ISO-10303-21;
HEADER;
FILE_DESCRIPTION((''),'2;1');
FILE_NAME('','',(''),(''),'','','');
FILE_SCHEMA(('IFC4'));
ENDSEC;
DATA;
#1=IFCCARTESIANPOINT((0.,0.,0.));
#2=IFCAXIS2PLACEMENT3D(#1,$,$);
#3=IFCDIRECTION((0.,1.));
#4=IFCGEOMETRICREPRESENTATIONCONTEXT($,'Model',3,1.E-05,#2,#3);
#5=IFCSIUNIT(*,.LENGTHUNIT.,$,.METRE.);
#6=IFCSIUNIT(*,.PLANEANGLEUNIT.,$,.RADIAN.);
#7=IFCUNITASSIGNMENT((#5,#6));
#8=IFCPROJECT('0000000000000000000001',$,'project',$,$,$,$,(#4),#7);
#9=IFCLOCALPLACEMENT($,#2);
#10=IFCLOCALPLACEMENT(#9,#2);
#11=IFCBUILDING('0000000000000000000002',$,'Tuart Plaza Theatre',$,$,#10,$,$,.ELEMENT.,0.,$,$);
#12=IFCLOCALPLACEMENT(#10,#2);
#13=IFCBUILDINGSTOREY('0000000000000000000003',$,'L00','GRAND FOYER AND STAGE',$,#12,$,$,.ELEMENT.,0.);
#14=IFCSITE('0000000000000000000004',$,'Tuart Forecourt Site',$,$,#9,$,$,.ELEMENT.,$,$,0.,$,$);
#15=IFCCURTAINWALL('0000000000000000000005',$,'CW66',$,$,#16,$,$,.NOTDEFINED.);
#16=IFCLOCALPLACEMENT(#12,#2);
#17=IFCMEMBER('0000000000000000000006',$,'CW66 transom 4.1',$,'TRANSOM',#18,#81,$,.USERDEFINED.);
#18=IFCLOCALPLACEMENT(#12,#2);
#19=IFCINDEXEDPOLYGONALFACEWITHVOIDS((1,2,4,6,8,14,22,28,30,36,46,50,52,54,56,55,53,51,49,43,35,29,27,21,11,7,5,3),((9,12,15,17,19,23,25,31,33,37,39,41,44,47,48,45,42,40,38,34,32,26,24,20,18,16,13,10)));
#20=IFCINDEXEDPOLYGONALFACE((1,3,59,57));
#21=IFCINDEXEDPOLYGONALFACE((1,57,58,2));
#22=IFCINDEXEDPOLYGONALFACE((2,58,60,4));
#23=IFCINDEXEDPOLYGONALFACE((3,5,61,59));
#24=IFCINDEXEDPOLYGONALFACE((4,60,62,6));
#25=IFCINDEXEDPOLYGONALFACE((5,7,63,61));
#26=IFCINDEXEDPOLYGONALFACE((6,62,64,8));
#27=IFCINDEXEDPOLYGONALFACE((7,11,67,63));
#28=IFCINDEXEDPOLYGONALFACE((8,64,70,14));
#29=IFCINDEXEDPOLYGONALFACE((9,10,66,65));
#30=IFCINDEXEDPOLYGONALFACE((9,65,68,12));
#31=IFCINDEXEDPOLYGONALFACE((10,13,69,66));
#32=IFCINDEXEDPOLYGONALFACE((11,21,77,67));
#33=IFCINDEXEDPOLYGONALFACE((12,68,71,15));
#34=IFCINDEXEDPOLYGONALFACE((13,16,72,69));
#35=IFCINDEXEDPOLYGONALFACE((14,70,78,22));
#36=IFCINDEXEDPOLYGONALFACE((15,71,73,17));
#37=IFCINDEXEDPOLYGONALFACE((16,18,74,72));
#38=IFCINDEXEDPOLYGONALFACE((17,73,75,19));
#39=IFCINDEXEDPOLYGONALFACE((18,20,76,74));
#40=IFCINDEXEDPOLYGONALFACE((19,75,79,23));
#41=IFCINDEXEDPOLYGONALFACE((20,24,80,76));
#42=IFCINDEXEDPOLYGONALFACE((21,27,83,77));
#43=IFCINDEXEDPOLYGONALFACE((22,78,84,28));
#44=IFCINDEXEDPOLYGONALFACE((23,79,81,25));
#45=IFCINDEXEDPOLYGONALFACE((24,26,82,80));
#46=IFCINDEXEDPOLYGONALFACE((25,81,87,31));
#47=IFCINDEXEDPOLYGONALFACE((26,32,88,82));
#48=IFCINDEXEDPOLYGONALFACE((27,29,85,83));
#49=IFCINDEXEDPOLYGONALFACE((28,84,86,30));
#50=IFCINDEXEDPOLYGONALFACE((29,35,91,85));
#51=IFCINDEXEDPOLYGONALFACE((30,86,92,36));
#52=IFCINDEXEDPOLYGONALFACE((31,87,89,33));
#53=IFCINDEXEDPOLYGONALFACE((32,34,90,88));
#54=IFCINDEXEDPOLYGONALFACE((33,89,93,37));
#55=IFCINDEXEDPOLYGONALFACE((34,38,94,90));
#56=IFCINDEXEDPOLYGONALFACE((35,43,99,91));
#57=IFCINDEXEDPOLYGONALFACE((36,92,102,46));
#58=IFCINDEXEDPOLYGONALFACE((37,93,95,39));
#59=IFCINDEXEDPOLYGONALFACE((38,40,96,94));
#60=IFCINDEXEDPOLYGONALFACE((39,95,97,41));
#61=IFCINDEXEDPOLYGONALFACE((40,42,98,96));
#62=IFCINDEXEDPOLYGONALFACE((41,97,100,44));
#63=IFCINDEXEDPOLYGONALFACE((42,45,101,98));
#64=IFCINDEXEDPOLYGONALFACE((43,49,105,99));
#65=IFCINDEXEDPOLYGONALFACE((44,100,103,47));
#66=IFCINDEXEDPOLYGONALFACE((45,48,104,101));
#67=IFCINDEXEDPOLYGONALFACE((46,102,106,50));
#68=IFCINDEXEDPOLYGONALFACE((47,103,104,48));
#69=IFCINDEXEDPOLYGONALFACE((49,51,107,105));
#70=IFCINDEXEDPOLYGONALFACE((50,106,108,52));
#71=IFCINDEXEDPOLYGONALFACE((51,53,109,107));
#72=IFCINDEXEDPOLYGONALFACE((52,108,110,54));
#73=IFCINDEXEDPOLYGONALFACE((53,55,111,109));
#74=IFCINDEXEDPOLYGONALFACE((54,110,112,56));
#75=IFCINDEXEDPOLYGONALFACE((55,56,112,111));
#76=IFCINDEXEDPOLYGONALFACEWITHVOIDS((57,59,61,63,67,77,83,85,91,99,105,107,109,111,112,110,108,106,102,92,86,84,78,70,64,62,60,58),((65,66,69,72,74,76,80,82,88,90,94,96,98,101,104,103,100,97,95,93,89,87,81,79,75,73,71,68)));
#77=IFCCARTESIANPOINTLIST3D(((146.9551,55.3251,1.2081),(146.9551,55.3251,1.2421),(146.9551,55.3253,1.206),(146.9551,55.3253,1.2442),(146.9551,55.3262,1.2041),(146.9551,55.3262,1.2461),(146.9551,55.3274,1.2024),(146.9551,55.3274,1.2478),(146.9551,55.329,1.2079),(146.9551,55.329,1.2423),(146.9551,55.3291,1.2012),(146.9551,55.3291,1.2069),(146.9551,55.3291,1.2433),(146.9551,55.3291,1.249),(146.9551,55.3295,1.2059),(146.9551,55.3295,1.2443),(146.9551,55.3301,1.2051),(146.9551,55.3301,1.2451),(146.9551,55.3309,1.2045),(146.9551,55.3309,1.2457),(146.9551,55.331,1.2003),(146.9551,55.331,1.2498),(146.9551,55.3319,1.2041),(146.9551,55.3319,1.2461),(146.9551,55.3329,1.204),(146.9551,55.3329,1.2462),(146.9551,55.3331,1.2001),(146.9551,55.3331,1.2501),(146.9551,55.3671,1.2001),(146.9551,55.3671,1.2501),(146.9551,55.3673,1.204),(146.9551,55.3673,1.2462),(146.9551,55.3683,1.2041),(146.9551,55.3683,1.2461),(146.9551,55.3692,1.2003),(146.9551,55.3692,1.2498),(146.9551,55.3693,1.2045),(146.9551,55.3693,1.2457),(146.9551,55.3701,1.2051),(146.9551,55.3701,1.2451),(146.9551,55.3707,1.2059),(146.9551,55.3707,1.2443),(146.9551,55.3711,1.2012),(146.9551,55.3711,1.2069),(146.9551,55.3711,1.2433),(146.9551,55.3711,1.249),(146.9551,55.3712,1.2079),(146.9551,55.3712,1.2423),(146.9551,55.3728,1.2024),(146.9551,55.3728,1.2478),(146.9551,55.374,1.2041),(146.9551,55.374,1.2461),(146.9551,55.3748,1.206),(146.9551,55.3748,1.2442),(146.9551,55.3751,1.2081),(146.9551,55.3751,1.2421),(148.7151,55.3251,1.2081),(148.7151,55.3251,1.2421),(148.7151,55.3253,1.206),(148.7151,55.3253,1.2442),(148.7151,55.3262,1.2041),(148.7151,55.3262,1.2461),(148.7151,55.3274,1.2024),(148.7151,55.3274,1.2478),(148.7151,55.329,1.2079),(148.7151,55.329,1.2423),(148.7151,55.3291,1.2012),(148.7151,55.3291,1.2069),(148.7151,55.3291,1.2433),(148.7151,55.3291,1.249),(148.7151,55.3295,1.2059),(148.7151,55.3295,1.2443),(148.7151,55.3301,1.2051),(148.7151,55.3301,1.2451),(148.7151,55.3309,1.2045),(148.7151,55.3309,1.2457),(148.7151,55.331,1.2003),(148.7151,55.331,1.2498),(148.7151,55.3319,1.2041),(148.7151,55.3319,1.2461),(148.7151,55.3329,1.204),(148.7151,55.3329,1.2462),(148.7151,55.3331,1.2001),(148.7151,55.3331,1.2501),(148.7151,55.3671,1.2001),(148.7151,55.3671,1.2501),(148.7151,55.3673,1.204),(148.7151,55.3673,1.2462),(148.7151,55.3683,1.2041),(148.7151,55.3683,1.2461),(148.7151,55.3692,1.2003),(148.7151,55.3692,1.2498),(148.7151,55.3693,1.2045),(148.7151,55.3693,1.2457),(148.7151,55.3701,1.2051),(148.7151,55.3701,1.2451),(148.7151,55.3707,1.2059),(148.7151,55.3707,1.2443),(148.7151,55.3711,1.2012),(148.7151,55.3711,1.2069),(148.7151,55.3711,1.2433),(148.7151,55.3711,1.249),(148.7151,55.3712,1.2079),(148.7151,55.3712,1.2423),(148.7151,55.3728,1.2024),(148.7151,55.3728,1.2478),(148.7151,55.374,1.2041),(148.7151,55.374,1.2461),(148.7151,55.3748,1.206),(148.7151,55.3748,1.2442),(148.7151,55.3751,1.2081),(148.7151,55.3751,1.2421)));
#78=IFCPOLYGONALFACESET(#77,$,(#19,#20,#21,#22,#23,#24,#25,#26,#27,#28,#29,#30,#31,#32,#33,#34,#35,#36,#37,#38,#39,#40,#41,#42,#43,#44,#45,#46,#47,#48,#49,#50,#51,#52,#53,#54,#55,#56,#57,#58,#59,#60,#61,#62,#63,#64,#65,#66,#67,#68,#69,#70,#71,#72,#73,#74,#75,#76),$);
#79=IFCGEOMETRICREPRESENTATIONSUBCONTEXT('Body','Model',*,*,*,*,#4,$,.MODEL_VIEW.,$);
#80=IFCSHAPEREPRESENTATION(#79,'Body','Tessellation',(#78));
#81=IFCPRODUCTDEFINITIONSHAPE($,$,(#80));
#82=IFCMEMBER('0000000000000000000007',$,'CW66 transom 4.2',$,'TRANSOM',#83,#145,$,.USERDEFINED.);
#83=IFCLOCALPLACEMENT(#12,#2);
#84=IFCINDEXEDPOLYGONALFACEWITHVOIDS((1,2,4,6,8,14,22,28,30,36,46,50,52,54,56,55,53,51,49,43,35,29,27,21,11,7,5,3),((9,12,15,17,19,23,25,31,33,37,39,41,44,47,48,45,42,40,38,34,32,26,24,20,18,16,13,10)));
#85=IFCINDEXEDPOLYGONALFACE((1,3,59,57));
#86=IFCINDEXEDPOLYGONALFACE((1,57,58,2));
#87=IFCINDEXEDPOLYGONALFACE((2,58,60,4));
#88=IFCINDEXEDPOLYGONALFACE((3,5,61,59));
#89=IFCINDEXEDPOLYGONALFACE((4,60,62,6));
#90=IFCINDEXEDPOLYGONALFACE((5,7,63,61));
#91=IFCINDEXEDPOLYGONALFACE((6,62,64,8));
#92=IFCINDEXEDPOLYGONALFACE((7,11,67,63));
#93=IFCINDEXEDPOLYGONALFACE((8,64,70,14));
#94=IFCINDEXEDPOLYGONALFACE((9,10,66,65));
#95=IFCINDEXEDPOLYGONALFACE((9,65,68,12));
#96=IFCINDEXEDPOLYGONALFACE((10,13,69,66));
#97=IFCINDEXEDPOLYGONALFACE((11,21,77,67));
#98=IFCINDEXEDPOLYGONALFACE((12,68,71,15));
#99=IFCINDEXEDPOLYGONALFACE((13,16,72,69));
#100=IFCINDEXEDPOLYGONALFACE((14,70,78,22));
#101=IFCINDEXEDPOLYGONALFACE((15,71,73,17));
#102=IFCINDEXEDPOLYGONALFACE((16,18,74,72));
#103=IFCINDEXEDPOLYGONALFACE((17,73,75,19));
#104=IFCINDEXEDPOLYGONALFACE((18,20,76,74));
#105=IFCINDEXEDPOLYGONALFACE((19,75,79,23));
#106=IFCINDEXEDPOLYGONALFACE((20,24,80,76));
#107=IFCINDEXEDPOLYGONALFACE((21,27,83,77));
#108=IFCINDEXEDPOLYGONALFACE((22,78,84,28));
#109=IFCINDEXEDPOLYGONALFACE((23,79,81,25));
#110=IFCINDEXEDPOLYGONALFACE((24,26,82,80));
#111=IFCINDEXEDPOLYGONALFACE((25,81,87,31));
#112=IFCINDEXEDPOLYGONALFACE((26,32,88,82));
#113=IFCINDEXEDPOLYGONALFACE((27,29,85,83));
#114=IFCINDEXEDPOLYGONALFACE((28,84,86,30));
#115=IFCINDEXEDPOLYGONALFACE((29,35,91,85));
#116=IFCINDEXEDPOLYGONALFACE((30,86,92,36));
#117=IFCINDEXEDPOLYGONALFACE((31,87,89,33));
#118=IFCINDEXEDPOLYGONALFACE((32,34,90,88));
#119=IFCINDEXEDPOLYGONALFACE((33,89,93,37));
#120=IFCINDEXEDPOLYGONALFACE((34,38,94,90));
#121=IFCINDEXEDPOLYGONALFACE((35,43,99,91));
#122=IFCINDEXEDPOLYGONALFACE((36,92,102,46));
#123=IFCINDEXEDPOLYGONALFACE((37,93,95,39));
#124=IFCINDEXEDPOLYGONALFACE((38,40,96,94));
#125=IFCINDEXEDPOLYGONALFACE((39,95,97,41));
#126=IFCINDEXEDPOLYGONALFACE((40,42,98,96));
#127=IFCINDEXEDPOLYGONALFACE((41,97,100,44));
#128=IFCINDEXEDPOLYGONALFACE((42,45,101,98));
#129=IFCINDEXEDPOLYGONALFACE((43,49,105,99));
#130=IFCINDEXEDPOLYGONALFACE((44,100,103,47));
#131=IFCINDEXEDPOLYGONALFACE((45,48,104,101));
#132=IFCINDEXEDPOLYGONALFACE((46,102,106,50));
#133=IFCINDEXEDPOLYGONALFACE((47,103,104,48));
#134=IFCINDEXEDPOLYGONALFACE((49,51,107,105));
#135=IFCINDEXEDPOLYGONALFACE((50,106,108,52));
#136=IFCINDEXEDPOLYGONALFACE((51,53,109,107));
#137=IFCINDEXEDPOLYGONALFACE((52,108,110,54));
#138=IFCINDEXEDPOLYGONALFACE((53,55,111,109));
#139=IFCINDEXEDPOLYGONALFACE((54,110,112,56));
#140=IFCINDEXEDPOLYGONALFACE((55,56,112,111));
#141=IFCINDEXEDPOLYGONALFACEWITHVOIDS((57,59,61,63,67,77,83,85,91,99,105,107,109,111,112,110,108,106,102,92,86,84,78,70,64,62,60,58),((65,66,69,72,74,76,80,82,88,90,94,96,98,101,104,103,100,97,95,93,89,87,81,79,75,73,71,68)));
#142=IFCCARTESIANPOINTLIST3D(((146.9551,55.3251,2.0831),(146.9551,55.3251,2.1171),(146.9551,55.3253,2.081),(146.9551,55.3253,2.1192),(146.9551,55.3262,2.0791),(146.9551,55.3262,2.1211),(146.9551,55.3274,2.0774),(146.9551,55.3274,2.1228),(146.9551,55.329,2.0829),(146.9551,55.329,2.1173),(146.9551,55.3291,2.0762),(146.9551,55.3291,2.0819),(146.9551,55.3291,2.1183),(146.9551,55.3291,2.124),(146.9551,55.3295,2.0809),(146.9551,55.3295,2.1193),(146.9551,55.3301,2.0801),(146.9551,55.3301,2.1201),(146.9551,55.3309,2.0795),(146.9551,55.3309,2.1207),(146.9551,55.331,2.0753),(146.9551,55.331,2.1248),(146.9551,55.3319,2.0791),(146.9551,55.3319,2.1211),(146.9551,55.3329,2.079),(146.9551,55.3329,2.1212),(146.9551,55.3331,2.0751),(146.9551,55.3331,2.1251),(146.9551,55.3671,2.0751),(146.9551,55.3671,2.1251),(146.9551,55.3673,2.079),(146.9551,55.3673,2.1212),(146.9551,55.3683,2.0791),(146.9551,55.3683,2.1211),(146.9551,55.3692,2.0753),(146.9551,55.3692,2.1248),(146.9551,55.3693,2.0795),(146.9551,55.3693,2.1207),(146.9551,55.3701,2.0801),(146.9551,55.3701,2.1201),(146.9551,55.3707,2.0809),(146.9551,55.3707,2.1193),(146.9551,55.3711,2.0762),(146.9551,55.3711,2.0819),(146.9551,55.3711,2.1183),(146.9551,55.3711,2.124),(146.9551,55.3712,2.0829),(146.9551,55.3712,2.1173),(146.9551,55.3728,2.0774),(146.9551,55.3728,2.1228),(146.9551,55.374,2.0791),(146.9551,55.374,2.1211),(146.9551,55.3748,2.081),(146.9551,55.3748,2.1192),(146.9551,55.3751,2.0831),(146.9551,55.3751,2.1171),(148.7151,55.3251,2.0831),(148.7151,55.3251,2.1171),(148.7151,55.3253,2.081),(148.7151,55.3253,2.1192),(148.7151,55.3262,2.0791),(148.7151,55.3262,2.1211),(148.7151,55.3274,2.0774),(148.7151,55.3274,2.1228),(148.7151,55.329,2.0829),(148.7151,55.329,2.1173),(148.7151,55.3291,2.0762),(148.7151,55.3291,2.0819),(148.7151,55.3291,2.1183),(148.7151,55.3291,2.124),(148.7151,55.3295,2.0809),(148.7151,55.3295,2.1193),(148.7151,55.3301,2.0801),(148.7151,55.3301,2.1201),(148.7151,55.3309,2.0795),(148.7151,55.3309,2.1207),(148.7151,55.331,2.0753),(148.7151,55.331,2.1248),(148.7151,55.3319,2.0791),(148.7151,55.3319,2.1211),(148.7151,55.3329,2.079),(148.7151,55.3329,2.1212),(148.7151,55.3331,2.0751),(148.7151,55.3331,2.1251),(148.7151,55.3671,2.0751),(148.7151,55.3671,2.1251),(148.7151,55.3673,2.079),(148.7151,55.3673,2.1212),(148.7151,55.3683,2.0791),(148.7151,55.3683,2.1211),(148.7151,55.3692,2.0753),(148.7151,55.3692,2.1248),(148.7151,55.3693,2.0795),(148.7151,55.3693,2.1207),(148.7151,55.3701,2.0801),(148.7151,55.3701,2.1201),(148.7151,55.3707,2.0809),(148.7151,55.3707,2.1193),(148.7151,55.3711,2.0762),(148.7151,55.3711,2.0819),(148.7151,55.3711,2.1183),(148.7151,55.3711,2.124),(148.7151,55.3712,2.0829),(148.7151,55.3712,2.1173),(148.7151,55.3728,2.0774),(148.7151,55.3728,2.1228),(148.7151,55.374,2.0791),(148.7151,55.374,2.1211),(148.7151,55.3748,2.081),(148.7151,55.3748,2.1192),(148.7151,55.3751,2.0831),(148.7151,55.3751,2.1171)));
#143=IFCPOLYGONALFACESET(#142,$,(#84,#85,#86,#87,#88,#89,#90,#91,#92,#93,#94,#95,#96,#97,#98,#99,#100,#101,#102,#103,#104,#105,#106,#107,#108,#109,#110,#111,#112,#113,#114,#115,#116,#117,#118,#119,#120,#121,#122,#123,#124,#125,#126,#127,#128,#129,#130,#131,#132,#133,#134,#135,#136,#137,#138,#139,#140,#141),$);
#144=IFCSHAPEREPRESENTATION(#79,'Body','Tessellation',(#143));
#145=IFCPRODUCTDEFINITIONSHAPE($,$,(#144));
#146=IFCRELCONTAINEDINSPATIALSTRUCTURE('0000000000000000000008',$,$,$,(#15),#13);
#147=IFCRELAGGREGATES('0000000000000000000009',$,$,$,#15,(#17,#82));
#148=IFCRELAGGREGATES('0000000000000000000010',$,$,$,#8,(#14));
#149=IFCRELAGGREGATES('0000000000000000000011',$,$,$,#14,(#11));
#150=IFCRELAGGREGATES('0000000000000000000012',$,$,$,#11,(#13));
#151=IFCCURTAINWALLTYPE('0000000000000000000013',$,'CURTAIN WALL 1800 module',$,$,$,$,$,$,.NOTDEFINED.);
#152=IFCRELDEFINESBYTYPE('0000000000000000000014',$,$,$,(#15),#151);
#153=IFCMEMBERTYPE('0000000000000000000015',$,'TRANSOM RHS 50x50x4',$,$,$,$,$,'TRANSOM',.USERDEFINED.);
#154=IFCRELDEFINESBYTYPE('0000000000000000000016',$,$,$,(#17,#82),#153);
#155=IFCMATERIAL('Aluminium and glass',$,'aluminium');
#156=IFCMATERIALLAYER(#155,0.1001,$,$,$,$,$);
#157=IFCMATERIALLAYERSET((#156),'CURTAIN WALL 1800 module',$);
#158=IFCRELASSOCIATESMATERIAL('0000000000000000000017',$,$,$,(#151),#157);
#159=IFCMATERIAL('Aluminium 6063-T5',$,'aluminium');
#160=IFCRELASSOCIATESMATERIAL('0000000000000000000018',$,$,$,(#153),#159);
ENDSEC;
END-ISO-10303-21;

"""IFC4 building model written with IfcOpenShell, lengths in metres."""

from ifc_helpers import new_model, si_unit, direction, frame, origin, origin_2d, place, context, subcontext, project, spatial, hollow_rectangle, extrude, material, layer, layer_set, material_profile, profile_set, type_object, element, aggregate, save


model = new_model("IFC4")

# Units and contexts
model_context = context("Model", 3, precision=1e-05, world=origin(), true_north=direction((0.0, 1.0)))
body_context = subcontext(model_context, "Body", "Model", "MODEL_VIEW")
ifc_project = project(units=[si_unit("LENGTHUNIT", "METRE"), si_unit("PLANEANGLEUNIT", "RADIAN")], contexts=[model_context])

# Site, building, storey
site_placement = place(None, origin())
site = spatial("IfcSite", under=ifc_project, at=site_placement, Name="Tuart Forecourt Site", CompositionType="ELEMENT", RefElevation=0.0)
building_placement = place(site_placement, origin())
building = spatial("IfcBuilding", under=site, at=building_placement, Name="Tuart Plaza Theatre", CompositionType="ELEMENT", ElevationOfRefHeight=0.0)
storey_placement = place(building_placement, origin())
storey = spatial("IfcBuildingStorey", under=building, at=storey_placement, Name="L00", Description="GRAND FOYER AND STAGE", CompositionType="ELEMENT", Elevation=0.0)

# Curtain wall, members
ifc_material_1 = material(Name="Aluminium and glass", Category="aluminium")
ifc_layer_1 = layer(ifc_material_1, 0.1001)
ifc_layer_set_1 = layer_set([ifc_layer_1], Name="CURTAIN WALL 1800 module")
curtain_wall_type = type_object("IfcCurtainWallType", Name="CURTAIN WALL 1800 module", PredefinedType="NOTDEFINED", material=ifc_layer_set_1)
curtain_wall_placement = place(storey_placement, origin())
curtain_wall = element("IfcCurtainWall", 1, at=curtain_wall_placement, inside=storey, type_object=curtain_wall_type, Name="CW66", PredefinedType="NOTDEFINED")
ifc_material_2 = material(Name="Aluminium 6063-T5", Category="aluminium")
ifc_material_profile_1 = material_profile(ifc_material_2, hollow_rectangle(XDim=0.05, YDim=0.05, WallThickness=0.0039, InnerFilletRadius=0.0039, OuterFilletRadius=0.0081, at=origin_2d()), Name="RHS 50x50x4")
ifc_profile_set_1 = profile_set([ifc_material_profile_1], Name="Aluminium 6063-T5")
member_type_1 = type_object("IfcMemberType", Name="TRANSOM RHS 50x50x4", ElementType="TRANSOM", PredefinedType="USERDEFINED", material=ifc_profile_set_1)
member_1_placement = place(storey_placement, frame((146.9551, 55.3501, 1.2251), z_axis=(1.0, 0.0, 0.0), x_axis=(0.0, 1.0, 0.0)))
member_1 = element("IfcMember", 2, at=member_1_placement, type_object=member_type_1, Name="CW66 transom 4.1", ObjectType="TRANSOM", PredefinedType="USERDEFINED", context=body_context, shape_type="SweptSolid", body=[
    extrude(hollow_rectangle(XDim=0.05, YDim=0.05, WallThickness=0.0039, InnerFilletRadius=0.0039, OuterFilletRadius=0.0081, at=origin_2d()), origin(), (0.0, 0.0, 1.0), 1.76),
])
member_2_placement = place(storey_placement, frame((146.9551, 55.3501, 2.1001), z_axis=(1.0, 0.0, 0.0), x_axis=(0.0, 1.0, 0.0)))
member_2 = element("IfcMember", 3, at=member_2_placement, type_object=member_type_1, Name="CW66 transom 4.2", ObjectType="TRANSOM", PredefinedType="USERDEFINED", context=body_context, shape_type="SweptSolid", body=[
    extrude(hollow_rectangle(XDim=0.05, YDim=0.05, WallThickness=0.0039, InnerFilletRadius=0.0039, OuterFilletRadius=0.0081, at=origin_2d()), origin(), (0.0, 0.0, 1.0), 1.76),
])
aggregate(curtain_wall, [member_1, member_2])

save(model, "model.ifc")
